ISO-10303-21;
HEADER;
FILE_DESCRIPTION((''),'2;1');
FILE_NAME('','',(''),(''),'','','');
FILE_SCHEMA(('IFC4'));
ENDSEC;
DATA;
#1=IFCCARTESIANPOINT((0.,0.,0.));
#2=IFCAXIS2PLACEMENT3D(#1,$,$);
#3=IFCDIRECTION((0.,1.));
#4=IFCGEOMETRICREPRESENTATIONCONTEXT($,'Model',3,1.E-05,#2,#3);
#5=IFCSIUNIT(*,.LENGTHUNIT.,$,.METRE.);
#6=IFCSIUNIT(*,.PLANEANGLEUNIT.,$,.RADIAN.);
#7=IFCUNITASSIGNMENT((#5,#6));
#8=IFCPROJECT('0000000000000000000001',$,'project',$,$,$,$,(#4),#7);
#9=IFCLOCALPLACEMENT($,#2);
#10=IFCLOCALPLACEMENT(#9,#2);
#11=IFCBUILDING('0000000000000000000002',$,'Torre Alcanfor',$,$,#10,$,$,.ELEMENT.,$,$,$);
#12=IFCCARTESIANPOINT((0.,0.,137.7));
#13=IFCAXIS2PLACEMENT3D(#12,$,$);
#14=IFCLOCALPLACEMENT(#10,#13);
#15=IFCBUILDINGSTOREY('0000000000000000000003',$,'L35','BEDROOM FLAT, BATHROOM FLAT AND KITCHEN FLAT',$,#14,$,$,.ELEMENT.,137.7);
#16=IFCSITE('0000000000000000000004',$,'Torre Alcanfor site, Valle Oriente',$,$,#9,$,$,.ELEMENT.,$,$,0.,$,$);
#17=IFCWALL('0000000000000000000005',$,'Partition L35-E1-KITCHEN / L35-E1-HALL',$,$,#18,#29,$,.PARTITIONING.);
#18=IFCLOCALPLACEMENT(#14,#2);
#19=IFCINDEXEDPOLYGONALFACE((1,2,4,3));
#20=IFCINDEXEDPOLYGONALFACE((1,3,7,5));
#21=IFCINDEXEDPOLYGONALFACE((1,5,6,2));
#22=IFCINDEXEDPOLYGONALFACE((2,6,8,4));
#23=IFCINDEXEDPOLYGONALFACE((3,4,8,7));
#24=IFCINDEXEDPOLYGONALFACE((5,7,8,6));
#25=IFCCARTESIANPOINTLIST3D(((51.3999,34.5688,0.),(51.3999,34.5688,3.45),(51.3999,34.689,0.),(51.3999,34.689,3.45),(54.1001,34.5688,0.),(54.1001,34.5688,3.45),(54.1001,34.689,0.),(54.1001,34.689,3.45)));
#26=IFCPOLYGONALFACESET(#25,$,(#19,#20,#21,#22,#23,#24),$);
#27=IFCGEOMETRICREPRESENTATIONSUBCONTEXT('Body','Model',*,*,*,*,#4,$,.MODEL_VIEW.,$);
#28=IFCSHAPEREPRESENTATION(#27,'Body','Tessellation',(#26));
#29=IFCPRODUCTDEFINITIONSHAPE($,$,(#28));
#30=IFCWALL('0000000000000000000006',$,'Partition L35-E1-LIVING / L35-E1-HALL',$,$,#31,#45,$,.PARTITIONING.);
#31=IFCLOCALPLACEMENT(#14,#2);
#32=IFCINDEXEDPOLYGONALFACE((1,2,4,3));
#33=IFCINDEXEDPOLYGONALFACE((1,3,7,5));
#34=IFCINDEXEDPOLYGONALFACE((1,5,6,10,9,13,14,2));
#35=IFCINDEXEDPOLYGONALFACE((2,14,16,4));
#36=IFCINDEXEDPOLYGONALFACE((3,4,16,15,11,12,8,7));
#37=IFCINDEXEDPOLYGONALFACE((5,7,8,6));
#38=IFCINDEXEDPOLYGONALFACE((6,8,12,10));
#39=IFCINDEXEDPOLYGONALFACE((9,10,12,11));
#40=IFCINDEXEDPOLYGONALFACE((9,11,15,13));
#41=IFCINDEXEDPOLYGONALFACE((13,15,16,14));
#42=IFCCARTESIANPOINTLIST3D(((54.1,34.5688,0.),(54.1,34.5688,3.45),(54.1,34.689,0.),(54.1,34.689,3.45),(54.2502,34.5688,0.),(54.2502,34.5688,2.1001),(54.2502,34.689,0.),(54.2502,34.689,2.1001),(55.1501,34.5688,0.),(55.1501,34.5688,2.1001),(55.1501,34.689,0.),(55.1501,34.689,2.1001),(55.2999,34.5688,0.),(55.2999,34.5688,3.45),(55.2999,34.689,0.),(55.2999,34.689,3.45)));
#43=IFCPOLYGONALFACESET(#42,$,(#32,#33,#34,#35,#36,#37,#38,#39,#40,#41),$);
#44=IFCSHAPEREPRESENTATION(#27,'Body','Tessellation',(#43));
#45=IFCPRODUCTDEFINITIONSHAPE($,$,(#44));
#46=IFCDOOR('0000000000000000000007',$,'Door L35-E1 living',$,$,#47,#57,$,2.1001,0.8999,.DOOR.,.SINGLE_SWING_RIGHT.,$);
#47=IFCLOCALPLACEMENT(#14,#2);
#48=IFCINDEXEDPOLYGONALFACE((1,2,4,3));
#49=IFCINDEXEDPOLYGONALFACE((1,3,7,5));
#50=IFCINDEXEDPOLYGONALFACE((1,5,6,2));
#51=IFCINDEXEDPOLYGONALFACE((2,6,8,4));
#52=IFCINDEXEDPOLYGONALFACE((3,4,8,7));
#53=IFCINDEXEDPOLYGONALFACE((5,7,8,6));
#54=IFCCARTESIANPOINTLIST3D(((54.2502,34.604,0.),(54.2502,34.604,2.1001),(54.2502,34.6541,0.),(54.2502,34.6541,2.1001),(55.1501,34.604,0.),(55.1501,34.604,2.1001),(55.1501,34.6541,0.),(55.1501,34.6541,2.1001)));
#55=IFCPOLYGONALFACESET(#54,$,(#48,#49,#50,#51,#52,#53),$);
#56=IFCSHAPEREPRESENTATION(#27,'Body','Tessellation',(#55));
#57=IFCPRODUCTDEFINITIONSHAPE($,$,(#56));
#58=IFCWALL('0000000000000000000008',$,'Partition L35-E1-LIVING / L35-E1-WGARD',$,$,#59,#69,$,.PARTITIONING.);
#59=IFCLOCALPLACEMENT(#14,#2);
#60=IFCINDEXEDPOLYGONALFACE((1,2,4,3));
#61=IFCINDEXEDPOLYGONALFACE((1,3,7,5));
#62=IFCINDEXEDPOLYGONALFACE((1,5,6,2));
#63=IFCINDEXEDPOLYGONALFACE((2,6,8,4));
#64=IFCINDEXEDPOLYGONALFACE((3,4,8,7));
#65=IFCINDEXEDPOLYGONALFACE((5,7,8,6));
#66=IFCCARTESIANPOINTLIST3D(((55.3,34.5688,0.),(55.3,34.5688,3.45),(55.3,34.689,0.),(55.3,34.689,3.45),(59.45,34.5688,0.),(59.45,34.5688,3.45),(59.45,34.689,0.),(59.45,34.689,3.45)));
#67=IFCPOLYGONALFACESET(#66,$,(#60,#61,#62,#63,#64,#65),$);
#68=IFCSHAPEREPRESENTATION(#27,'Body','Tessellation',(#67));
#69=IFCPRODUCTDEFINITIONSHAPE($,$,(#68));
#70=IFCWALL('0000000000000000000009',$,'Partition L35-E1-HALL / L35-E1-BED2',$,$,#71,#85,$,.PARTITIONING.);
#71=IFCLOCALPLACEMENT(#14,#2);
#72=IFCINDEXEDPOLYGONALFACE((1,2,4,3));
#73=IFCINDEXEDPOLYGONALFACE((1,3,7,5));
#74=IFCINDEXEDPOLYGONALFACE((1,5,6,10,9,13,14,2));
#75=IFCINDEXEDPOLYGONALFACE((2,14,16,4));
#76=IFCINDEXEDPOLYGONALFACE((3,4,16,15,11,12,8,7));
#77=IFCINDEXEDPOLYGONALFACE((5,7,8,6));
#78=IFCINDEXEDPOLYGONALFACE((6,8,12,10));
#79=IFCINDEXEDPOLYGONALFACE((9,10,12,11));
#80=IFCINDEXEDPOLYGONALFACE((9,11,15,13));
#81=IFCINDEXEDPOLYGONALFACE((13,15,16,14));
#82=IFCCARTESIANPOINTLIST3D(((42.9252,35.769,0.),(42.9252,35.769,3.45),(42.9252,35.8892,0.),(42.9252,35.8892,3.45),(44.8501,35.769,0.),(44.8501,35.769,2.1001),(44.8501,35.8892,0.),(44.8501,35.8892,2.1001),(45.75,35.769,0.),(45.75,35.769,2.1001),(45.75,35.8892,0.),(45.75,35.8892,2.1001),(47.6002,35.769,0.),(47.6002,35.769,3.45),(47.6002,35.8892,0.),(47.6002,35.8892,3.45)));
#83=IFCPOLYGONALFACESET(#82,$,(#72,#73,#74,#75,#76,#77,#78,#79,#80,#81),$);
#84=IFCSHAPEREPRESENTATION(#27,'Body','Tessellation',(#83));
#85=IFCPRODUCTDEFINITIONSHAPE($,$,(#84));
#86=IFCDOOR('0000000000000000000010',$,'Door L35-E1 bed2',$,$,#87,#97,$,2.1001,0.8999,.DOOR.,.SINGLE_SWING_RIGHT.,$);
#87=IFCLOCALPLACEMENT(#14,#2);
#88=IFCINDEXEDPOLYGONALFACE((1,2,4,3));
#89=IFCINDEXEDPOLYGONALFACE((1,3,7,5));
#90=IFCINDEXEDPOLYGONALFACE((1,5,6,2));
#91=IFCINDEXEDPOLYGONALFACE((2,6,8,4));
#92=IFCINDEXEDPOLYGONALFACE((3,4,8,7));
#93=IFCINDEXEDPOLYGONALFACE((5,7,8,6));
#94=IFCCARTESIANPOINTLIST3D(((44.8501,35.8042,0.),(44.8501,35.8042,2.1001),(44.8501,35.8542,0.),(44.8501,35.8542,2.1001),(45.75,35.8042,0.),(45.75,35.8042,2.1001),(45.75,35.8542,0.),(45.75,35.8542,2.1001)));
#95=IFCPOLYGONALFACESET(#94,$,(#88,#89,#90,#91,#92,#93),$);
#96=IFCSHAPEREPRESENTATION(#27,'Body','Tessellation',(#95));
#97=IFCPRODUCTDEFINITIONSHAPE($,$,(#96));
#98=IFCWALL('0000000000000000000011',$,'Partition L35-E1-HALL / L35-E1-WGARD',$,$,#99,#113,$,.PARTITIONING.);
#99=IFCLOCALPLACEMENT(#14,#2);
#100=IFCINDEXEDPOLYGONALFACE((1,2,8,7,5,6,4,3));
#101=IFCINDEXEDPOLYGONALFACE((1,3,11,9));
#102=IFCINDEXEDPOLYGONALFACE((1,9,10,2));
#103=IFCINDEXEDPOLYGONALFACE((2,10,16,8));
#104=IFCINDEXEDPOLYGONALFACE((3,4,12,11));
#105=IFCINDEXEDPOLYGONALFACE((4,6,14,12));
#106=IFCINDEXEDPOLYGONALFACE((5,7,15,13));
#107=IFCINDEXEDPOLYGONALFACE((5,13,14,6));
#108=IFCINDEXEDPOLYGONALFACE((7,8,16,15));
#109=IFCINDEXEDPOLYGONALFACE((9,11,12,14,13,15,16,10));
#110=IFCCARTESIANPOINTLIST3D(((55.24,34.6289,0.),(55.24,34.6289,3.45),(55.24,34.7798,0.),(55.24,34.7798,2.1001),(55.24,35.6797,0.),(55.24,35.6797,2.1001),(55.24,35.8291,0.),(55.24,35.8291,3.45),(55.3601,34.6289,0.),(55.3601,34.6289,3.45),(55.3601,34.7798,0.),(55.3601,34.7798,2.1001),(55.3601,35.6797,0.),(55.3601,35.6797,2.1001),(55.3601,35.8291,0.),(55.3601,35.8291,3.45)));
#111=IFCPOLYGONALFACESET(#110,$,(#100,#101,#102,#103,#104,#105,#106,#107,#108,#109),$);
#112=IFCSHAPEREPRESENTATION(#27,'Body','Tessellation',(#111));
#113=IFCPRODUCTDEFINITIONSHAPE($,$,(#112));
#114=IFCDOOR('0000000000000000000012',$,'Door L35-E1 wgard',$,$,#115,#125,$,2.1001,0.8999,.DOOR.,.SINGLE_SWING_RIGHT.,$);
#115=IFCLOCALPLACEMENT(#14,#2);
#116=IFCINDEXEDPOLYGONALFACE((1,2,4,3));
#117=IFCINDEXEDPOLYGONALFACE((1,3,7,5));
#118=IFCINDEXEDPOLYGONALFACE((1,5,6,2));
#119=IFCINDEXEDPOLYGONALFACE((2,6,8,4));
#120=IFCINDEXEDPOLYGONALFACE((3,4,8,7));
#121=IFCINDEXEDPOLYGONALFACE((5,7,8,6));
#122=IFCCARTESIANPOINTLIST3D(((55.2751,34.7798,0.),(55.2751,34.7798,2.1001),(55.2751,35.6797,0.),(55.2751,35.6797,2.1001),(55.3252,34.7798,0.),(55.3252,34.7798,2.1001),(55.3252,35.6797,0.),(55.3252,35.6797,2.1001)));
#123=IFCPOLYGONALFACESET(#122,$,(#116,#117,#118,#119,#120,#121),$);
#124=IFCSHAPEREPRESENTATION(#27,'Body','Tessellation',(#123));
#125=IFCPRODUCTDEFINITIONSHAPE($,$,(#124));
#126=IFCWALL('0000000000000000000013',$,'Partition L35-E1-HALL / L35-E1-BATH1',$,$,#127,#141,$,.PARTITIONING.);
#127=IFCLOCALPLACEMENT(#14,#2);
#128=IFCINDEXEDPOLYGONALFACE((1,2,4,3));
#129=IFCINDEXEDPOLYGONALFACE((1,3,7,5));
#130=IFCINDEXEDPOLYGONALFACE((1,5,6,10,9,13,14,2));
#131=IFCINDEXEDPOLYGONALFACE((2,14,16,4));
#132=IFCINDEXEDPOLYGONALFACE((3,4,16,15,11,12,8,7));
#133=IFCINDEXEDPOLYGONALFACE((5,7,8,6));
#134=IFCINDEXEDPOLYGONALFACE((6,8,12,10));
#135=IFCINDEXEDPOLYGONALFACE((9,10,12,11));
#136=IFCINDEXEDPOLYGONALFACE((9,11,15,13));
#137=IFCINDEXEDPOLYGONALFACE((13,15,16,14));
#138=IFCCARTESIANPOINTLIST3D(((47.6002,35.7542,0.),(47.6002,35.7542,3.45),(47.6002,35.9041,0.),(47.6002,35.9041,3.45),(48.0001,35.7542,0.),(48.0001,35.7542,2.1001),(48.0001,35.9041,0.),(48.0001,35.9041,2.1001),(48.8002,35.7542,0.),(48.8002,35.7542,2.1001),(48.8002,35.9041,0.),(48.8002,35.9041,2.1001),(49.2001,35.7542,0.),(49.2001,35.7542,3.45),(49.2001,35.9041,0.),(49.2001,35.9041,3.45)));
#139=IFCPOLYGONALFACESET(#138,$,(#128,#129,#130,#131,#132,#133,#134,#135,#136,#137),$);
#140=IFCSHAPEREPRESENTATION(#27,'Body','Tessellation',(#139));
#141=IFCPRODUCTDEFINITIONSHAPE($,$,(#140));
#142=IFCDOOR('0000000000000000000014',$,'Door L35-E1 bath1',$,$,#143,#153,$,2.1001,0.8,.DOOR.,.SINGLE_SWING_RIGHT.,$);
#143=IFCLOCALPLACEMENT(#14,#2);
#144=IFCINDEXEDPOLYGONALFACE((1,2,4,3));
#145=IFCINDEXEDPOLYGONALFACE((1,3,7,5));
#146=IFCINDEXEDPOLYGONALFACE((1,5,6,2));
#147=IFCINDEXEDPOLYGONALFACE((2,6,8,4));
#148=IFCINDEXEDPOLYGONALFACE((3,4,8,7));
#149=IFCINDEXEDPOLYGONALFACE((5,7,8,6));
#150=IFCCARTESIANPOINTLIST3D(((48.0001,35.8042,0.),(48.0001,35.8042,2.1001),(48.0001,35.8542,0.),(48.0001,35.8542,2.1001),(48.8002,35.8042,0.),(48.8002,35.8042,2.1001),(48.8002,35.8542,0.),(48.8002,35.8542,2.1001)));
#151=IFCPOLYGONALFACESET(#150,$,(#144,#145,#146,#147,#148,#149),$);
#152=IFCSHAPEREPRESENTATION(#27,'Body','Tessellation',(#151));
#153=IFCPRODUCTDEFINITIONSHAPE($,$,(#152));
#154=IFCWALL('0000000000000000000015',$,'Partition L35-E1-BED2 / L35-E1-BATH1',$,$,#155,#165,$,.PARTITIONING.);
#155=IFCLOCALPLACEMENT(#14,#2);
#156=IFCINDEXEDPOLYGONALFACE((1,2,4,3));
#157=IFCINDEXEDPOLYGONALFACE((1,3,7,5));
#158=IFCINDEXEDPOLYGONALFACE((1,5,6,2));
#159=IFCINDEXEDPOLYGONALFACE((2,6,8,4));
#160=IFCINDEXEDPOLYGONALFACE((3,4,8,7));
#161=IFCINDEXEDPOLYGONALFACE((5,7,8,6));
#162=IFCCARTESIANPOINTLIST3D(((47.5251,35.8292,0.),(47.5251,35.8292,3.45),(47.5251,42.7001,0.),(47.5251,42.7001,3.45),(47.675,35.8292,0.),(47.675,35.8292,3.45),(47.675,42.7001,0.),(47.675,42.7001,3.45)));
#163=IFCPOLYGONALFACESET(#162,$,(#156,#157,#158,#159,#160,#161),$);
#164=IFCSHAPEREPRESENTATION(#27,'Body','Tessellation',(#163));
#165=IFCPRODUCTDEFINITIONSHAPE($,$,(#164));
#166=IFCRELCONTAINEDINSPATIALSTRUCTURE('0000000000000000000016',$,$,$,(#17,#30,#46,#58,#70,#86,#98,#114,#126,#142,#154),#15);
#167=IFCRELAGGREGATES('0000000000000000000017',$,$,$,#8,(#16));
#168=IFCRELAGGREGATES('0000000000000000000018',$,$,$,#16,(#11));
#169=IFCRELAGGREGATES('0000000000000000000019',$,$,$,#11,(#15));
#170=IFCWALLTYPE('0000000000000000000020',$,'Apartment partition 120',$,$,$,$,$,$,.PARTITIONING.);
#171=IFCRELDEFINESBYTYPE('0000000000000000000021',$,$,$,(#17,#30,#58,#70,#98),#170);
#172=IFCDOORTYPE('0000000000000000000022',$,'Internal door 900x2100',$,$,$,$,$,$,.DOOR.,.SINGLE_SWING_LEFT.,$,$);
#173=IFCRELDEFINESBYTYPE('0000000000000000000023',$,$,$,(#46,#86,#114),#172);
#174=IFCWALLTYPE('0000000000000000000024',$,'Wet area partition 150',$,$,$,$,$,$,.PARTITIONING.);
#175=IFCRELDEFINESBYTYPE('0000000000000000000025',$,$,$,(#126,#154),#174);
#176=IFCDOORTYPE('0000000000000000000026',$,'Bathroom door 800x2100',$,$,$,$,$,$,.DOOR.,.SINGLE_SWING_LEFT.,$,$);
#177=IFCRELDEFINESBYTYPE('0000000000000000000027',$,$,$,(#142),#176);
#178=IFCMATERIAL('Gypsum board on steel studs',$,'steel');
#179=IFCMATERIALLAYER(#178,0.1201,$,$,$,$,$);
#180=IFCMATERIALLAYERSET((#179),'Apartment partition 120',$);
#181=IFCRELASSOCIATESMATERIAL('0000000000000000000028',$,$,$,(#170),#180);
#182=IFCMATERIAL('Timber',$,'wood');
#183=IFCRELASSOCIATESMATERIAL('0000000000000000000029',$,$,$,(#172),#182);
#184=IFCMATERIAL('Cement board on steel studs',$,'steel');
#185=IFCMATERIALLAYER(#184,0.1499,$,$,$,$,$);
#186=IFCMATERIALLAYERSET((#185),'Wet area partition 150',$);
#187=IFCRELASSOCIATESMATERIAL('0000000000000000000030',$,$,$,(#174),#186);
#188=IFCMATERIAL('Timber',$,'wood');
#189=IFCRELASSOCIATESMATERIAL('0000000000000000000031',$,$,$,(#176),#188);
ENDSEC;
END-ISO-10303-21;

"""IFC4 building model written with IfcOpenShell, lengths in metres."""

from ifc_helpers import new_model, si_unit, direction, frame, frame_2d, origin, place, context, subcontext, project, spatial, rectangle, extrude, material, layer, layer_set, type_object, element, fill, save


model = new_model("IFC4")

# Units and contexts
model_context = context("Model", 3, precision=1e-05, world=origin(), true_north=direction((0.0, 1.0)))
body_context = subcontext(model_context, "Body", "Model", "MODEL_VIEW")
ifc_project = project(units=[si_unit("LENGTHUNIT", "METRE"), si_unit("PLANEANGLEUNIT", "RADIAN")], contexts=[model_context])

# Site, building, storey
site_placement = place(None, origin())
site = spatial("IfcSite", under=ifc_project, at=site_placement, Name="Torre Alcanfor site, Valle Oriente", CompositionType="ELEMENT", RefElevation=0.0)
building_placement = place(site_placement, origin())
building = spatial("IfcBuilding", under=site, at=building_placement, Name="Torre Alcanfor", CompositionType="ELEMENT")
storey_placement = place(building_placement, frame((0.0, 0.0, 137.7)))
storey = spatial("IfcBuildingStorey", under=building, at=storey_placement, Name="L35", Description="BEDROOM FLAT, BATHROOM FLAT AND KITCHEN FLAT", CompositionType="ELEMENT", Elevation=137.7)

# Shared definitions
ifc_material_1 = material(Name="Gypsum board on steel studs", Category="steel")
ifc_layer_1 = layer(ifc_material_1, 0.1201)
ifc_layer_set_1 = layer_set([ifc_layer_1], Name="Apartment partition 120")
wall_type_1 = type_object("IfcWallType", Name="Apartment partition 120", PredefinedType="PARTITIONING", material=ifc_layer_set_1)
ifc_material_2 = material(Name="Timber", Category="wood")
door_type_1 = type_object("IfcDoorType", Name="Internal door 900x2100", OperationType="SINGLE_SWING_LEFT", PredefinedType="DOOR", material=ifc_material_2)

# Wall
wall_1_placement = place(storey_placement, frame((54.1001, 34.6289, 0.0), z_axis=(0.0, 0.0, 1.0), x_axis=(-1.0, 0.0, 0.0)))
element("IfcWall", 1, at=wall_1_placement, inside=storey, type_object=wall_type_1, Name="Partition L35-E1-KITCHEN / L35-E1-HALL", PredefinedType="PARTITIONING", context=body_context, shape_type="SweptSolid", body=[
    extrude(rectangle(XDim=2.7002, YDim=0.1201, at=frame_2d((1.3501, 0.0))), origin(), (0.0, 0.0, 1.0), 3.45),
])

# Wall, opening, door
wall_2_placement = place(storey_placement, frame((55.3, 34.6289, 0.0), z_axis=(0.0, 0.0, 1.0), x_axis=(-1.0, 0.0, 0.0)))
wall_2 = element("IfcWall", 2, at=wall_2_placement, inside=storey, type_object=wall_type_1, Name="Partition L35-E1-LIVING / L35-E1-HALL", PredefinedType="PARTITIONING", context=body_context, shape_type="SweptSolid", body=[
    extrude(rectangle(XDim=1.2, YDim=0.1201, at=frame_2d((0.6001, 0.0))), origin(), (0.0, 0.0, 1.0), 3.45),
])
opening_1_placement = place(wall_2_placement, frame((0.1499, 0.0, 0.0)))
opening_1 = element("IfcOpeningElement", 3, at=opening_1_placement, cuts=wall_2, PredefinedType="OPENING", context=body_context, shape_type="SweptSolid", body=[
    extrude(rectangle(XDim=0.8999, YDim=2.1001, at=frame_2d((0.45, 1.05))), frame((0.0, 0.0701, 0.0), z_axis=(0.0, -1.0, 0.0), x_axis=(1.0, 0.0, 0.0)), (0.0, 0.0, 1.0), 0.1401),
])
door_1_placement = place(opening_1_placement, origin())
door_1 = element("IfcDoor", 4, at=door_1_placement, inside=storey, type_object=door_type_1, Name="Door L35-E1 living", OperationType="SINGLE_SWING_RIGHT", OverallHeight=2.1001, OverallWidth=0.8999, PredefinedType="DOOR", context=body_context, shape_type="SweptSolid", body=[
    extrude(rectangle(XDim=0.8999, YDim=2.1001, at=frame_2d((0.45, 1.05))), frame((0.0, 0.0249, 0.0), z_axis=(0.0, -1.0, 0.0), x_axis=(1.0, 0.0, 0.0)), (0.0, 0.0, 1.0), 0.05),
])
fill(opening_1, door_1)

# Wall
wall_3_placement = place(storey_placement, frame((59.45, 34.6289, 0.0), z_axis=(0.0, 0.0, 1.0), x_axis=(-1.0, 0.0, 0.0)))
element("IfcWall", 5, at=wall_3_placement, inside=storey, type_object=wall_type_1, Name="Partition L35-E1-LIVING / L35-E1-WGARD", PredefinedType="PARTITIONING", context=body_context, shape_type="SweptSolid", body=[
    extrude(rectangle(XDim=4.1499, YDim=0.1201, at=frame_2d((2.075, 0.0))), origin(), (0.0, 0.0, 1.0), 3.45),
])

# Walls, openings, doors
wall_4_placement = place(storey_placement, frame((47.6001, 35.8291, 0.0), z_axis=(0.0, 0.0, 1.0), x_axis=(-1.0, 0.0, 0.0)))
wall_4 = element("IfcWall", 6, at=wall_4_placement, inside=storey, type_object=wall_type_1, Name="Partition L35-E1-HALL / L35-E1-BED2", PredefinedType="PARTITIONING", context=body_context, shape_type="SweptSolid", body=[
    extrude(rectangle(XDim=4.675, YDim=0.1201, at=frame_2d((2.3374, 0.0))), origin(), (0.0, 0.0, 1.0), 3.45),
])
opening_2_placement = place(wall_4_placement, frame((1.8501, 0.0, 0.0)))
opening_2 = element("IfcOpeningElement", 7, at=opening_2_placement, cuts=wall_4, PredefinedType="OPENING", context=body_context, shape_type="SweptSolid", body=[
    extrude(rectangle(XDim=0.8999, YDim=2.1001, at=frame_2d((0.45, 1.05))), frame((0.0, 0.0701, 0.0), z_axis=(0.0, -1.0, 0.0), x_axis=(1.0, 0.0, 0.0)), (0.0, 0.0, 1.0), 0.1401),
])
door_2_placement = place(opening_2_placement, frame((0.8999, 0.0, 0.0), z_axis=(0.0, 0.0, 1.0), x_axis=(-1.0, 0.0, 0.0)))
door_2 = element("IfcDoor", 8, at=door_2_placement, inside=storey, type_object=door_type_1, Name="Door L35-E1 bed2", OperationType="SINGLE_SWING_RIGHT", OverallHeight=2.1001, OverallWidth=0.8999, PredefinedType="DOOR", context=body_context, shape_type="SweptSolid", body=[
    extrude(rectangle(XDim=0.8999, YDim=2.1001, at=frame_2d((0.45, 1.05))), frame((0.0, 0.0251, 0.0), z_axis=(0.0, -1.0, 0.0), x_axis=(1.0, 0.0, 0.0)), (0.0, 0.0, 1.0), 0.05),
])
fill(opening_2, door_2)
wall_5_placement = place(storey_placement, frame((55.3, 34.6289, 0.0), z_axis=(0.0, 0.0, 1.0), x_axis=(0.0, 1.0, 0.0)))
wall_5 = element("IfcWall", 9, at=wall_5_placement, inside=storey, type_object=wall_type_1, Name="Partition L35-E1-HALL / L35-E1-WGARD", PredefinedType="PARTITIONING", context=body_context, shape_type="SweptSolid", body=[
    extrude(rectangle(XDim=1.2002, YDim=0.1201, at=frame_2d((0.6001, 0.0))), origin(), (0.0, 0.0, 1.0), 3.45),
])
opening_3_placement = place(wall_5_placement, frame((0.1509, 0.0, 0.0)))
opening_3 = element("IfcOpeningElement", 10, at=opening_3_placement, cuts=wall_5, PredefinedType="OPENING", context=body_context, shape_type="SweptSolid", body=[
    extrude(rectangle(XDim=0.8999, YDim=2.1001, at=frame_2d((0.45, 1.05))), frame((0.0, 0.0701, 0.0), z_axis=(0.0, -1.0, 0.0), x_axis=(1.0, 0.0, 0.0)), (0.0, 0.0, 1.0), 0.1401),
])
door_3_placement = place(opening_3_placement, frame((0.8999, 0.0, 0.0), z_axis=(0.0, 0.0, 1.0), x_axis=(-1.0, 0.0, 0.0)))
door_3 = element("IfcDoor", 11, at=door_3_placement, inside=storey, type_object=door_type_1, Name="Door L35-E1 wgard", OperationType="SINGLE_SWING_RIGHT", OverallHeight=2.1001, OverallWidth=0.8999, PredefinedType="DOOR", context=body_context, shape_type="SweptSolid", body=[
    extrude(rectangle(XDim=0.8999, YDim=2.1001, at=frame_2d((0.45, 1.05))), frame((0.0, 0.0251, 0.0), z_axis=(0.0, -1.0, 0.0), x_axis=(1.0, 0.0, 0.0)), (0.0, 0.0, 1.0), 0.05),
])
fill(opening_3, door_3)
ifc_material_3 = material(Name="Cement board on steel studs", Category="steel")
ifc_layer_2 = layer(ifc_material_3, 0.1499)
ifc_layer_set_2 = layer_set([ifc_layer_2], Name="Wet area partition 150")
wall_type_2 = type_object("IfcWallType", Name="Wet area partition 150", PredefinedType="PARTITIONING", material=ifc_layer_set_2)
wall_6_placement = place(storey_placement, frame((49.2, 35.8291, 0.0), z_axis=(0.0, 0.0, 1.0), x_axis=(-1.0, 0.0, 0.0)))
wall_6 = element("IfcWall", 12, at=wall_6_placement, inside=storey, type_object=wall_type_2, Name="Partition L35-E1-HALL / L35-E1-BATH1", PredefinedType="PARTITIONING", context=body_context, shape_type="SweptSolid", body=[
    extrude(rectangle(XDim=1.5999, YDim=0.1499, at=frame_2d((0.7998, 0.0))), origin(), (0.0, 0.0, 1.0), 3.45),
])
opening_4_placement = place(wall_6_placement, frame((0.3999, 0.0, 0.0)))
opening_4 = element("IfcOpeningElement", 13, at=opening_4_placement, cuts=wall_6, PredefinedType="OPENING", context=body_context, shape_type="SweptSolid", body=[
    extrude(rectangle(XDim=0.8, YDim=2.1001, at=frame_2d((0.3999, 1.05))), frame((0.0, 0.085, 0.0), z_axis=(0.0, -1.0, 0.0), x_axis=(1.0, 0.0, 0.0)), (0.0, 0.0, 1.0), 0.1699),
])
ifc_material_4 = material(Name="Timber", Category="wood")
door_type_2 = type_object("IfcDoorType", Name="Bathroom door 800x2100", OperationType="SINGLE_SWING_LEFT", PredefinedType="DOOR", material=ifc_material_4)
door_4_placement = place(opening_4_placement, frame((0.8, 0.0, 0.0), z_axis=(0.0, 0.0, 1.0), x_axis=(-1.0, 0.0, 0.0)))
door_4 = element("IfcDoor", 14, at=door_4_placement, inside=storey, type_object=door_type_2, Name="Door L35-E1 bath1", OperationType="SINGLE_SWING_RIGHT", OverallHeight=2.1001, OverallWidth=0.8, PredefinedType="DOOR", context=body_context, shape_type="SweptSolid", body=[
    extrude(rectangle(XDim=0.8, YDim=2.1001, at=frame_2d((0.4001, 1.05))), frame((0.0, 0.0251, 0.0), z_axis=(0.0, -1.0, 0.0), x_axis=(1.0, 0.0, 0.0)), (0.0, 0.0, 1.0), 0.05),
])
fill(opening_4, door_4)

# Wall
wall_7_placement = place(storey_placement, frame((47.6001, 35.8291, 0.0), z_axis=(0.0, 0.0, 1.0), x_axis=(0.0, 1.0, 0.0)))
element("IfcWall", 15, at=wall_7_placement, inside=storey, type_object=wall_type_2, Name="Partition L35-E1-BED2 / L35-E1-BATH1", PredefinedType="PARTITIONING", context=body_context, shape_type="SweptSolid", body=[
    extrude(rectangle(XDim=6.8708, YDim=0.1499, at=frame_2d((3.4355, 0.0))), origin(), (0.0, 0.0, 1.0), 3.45),
])

save(model, "model.ifc")
